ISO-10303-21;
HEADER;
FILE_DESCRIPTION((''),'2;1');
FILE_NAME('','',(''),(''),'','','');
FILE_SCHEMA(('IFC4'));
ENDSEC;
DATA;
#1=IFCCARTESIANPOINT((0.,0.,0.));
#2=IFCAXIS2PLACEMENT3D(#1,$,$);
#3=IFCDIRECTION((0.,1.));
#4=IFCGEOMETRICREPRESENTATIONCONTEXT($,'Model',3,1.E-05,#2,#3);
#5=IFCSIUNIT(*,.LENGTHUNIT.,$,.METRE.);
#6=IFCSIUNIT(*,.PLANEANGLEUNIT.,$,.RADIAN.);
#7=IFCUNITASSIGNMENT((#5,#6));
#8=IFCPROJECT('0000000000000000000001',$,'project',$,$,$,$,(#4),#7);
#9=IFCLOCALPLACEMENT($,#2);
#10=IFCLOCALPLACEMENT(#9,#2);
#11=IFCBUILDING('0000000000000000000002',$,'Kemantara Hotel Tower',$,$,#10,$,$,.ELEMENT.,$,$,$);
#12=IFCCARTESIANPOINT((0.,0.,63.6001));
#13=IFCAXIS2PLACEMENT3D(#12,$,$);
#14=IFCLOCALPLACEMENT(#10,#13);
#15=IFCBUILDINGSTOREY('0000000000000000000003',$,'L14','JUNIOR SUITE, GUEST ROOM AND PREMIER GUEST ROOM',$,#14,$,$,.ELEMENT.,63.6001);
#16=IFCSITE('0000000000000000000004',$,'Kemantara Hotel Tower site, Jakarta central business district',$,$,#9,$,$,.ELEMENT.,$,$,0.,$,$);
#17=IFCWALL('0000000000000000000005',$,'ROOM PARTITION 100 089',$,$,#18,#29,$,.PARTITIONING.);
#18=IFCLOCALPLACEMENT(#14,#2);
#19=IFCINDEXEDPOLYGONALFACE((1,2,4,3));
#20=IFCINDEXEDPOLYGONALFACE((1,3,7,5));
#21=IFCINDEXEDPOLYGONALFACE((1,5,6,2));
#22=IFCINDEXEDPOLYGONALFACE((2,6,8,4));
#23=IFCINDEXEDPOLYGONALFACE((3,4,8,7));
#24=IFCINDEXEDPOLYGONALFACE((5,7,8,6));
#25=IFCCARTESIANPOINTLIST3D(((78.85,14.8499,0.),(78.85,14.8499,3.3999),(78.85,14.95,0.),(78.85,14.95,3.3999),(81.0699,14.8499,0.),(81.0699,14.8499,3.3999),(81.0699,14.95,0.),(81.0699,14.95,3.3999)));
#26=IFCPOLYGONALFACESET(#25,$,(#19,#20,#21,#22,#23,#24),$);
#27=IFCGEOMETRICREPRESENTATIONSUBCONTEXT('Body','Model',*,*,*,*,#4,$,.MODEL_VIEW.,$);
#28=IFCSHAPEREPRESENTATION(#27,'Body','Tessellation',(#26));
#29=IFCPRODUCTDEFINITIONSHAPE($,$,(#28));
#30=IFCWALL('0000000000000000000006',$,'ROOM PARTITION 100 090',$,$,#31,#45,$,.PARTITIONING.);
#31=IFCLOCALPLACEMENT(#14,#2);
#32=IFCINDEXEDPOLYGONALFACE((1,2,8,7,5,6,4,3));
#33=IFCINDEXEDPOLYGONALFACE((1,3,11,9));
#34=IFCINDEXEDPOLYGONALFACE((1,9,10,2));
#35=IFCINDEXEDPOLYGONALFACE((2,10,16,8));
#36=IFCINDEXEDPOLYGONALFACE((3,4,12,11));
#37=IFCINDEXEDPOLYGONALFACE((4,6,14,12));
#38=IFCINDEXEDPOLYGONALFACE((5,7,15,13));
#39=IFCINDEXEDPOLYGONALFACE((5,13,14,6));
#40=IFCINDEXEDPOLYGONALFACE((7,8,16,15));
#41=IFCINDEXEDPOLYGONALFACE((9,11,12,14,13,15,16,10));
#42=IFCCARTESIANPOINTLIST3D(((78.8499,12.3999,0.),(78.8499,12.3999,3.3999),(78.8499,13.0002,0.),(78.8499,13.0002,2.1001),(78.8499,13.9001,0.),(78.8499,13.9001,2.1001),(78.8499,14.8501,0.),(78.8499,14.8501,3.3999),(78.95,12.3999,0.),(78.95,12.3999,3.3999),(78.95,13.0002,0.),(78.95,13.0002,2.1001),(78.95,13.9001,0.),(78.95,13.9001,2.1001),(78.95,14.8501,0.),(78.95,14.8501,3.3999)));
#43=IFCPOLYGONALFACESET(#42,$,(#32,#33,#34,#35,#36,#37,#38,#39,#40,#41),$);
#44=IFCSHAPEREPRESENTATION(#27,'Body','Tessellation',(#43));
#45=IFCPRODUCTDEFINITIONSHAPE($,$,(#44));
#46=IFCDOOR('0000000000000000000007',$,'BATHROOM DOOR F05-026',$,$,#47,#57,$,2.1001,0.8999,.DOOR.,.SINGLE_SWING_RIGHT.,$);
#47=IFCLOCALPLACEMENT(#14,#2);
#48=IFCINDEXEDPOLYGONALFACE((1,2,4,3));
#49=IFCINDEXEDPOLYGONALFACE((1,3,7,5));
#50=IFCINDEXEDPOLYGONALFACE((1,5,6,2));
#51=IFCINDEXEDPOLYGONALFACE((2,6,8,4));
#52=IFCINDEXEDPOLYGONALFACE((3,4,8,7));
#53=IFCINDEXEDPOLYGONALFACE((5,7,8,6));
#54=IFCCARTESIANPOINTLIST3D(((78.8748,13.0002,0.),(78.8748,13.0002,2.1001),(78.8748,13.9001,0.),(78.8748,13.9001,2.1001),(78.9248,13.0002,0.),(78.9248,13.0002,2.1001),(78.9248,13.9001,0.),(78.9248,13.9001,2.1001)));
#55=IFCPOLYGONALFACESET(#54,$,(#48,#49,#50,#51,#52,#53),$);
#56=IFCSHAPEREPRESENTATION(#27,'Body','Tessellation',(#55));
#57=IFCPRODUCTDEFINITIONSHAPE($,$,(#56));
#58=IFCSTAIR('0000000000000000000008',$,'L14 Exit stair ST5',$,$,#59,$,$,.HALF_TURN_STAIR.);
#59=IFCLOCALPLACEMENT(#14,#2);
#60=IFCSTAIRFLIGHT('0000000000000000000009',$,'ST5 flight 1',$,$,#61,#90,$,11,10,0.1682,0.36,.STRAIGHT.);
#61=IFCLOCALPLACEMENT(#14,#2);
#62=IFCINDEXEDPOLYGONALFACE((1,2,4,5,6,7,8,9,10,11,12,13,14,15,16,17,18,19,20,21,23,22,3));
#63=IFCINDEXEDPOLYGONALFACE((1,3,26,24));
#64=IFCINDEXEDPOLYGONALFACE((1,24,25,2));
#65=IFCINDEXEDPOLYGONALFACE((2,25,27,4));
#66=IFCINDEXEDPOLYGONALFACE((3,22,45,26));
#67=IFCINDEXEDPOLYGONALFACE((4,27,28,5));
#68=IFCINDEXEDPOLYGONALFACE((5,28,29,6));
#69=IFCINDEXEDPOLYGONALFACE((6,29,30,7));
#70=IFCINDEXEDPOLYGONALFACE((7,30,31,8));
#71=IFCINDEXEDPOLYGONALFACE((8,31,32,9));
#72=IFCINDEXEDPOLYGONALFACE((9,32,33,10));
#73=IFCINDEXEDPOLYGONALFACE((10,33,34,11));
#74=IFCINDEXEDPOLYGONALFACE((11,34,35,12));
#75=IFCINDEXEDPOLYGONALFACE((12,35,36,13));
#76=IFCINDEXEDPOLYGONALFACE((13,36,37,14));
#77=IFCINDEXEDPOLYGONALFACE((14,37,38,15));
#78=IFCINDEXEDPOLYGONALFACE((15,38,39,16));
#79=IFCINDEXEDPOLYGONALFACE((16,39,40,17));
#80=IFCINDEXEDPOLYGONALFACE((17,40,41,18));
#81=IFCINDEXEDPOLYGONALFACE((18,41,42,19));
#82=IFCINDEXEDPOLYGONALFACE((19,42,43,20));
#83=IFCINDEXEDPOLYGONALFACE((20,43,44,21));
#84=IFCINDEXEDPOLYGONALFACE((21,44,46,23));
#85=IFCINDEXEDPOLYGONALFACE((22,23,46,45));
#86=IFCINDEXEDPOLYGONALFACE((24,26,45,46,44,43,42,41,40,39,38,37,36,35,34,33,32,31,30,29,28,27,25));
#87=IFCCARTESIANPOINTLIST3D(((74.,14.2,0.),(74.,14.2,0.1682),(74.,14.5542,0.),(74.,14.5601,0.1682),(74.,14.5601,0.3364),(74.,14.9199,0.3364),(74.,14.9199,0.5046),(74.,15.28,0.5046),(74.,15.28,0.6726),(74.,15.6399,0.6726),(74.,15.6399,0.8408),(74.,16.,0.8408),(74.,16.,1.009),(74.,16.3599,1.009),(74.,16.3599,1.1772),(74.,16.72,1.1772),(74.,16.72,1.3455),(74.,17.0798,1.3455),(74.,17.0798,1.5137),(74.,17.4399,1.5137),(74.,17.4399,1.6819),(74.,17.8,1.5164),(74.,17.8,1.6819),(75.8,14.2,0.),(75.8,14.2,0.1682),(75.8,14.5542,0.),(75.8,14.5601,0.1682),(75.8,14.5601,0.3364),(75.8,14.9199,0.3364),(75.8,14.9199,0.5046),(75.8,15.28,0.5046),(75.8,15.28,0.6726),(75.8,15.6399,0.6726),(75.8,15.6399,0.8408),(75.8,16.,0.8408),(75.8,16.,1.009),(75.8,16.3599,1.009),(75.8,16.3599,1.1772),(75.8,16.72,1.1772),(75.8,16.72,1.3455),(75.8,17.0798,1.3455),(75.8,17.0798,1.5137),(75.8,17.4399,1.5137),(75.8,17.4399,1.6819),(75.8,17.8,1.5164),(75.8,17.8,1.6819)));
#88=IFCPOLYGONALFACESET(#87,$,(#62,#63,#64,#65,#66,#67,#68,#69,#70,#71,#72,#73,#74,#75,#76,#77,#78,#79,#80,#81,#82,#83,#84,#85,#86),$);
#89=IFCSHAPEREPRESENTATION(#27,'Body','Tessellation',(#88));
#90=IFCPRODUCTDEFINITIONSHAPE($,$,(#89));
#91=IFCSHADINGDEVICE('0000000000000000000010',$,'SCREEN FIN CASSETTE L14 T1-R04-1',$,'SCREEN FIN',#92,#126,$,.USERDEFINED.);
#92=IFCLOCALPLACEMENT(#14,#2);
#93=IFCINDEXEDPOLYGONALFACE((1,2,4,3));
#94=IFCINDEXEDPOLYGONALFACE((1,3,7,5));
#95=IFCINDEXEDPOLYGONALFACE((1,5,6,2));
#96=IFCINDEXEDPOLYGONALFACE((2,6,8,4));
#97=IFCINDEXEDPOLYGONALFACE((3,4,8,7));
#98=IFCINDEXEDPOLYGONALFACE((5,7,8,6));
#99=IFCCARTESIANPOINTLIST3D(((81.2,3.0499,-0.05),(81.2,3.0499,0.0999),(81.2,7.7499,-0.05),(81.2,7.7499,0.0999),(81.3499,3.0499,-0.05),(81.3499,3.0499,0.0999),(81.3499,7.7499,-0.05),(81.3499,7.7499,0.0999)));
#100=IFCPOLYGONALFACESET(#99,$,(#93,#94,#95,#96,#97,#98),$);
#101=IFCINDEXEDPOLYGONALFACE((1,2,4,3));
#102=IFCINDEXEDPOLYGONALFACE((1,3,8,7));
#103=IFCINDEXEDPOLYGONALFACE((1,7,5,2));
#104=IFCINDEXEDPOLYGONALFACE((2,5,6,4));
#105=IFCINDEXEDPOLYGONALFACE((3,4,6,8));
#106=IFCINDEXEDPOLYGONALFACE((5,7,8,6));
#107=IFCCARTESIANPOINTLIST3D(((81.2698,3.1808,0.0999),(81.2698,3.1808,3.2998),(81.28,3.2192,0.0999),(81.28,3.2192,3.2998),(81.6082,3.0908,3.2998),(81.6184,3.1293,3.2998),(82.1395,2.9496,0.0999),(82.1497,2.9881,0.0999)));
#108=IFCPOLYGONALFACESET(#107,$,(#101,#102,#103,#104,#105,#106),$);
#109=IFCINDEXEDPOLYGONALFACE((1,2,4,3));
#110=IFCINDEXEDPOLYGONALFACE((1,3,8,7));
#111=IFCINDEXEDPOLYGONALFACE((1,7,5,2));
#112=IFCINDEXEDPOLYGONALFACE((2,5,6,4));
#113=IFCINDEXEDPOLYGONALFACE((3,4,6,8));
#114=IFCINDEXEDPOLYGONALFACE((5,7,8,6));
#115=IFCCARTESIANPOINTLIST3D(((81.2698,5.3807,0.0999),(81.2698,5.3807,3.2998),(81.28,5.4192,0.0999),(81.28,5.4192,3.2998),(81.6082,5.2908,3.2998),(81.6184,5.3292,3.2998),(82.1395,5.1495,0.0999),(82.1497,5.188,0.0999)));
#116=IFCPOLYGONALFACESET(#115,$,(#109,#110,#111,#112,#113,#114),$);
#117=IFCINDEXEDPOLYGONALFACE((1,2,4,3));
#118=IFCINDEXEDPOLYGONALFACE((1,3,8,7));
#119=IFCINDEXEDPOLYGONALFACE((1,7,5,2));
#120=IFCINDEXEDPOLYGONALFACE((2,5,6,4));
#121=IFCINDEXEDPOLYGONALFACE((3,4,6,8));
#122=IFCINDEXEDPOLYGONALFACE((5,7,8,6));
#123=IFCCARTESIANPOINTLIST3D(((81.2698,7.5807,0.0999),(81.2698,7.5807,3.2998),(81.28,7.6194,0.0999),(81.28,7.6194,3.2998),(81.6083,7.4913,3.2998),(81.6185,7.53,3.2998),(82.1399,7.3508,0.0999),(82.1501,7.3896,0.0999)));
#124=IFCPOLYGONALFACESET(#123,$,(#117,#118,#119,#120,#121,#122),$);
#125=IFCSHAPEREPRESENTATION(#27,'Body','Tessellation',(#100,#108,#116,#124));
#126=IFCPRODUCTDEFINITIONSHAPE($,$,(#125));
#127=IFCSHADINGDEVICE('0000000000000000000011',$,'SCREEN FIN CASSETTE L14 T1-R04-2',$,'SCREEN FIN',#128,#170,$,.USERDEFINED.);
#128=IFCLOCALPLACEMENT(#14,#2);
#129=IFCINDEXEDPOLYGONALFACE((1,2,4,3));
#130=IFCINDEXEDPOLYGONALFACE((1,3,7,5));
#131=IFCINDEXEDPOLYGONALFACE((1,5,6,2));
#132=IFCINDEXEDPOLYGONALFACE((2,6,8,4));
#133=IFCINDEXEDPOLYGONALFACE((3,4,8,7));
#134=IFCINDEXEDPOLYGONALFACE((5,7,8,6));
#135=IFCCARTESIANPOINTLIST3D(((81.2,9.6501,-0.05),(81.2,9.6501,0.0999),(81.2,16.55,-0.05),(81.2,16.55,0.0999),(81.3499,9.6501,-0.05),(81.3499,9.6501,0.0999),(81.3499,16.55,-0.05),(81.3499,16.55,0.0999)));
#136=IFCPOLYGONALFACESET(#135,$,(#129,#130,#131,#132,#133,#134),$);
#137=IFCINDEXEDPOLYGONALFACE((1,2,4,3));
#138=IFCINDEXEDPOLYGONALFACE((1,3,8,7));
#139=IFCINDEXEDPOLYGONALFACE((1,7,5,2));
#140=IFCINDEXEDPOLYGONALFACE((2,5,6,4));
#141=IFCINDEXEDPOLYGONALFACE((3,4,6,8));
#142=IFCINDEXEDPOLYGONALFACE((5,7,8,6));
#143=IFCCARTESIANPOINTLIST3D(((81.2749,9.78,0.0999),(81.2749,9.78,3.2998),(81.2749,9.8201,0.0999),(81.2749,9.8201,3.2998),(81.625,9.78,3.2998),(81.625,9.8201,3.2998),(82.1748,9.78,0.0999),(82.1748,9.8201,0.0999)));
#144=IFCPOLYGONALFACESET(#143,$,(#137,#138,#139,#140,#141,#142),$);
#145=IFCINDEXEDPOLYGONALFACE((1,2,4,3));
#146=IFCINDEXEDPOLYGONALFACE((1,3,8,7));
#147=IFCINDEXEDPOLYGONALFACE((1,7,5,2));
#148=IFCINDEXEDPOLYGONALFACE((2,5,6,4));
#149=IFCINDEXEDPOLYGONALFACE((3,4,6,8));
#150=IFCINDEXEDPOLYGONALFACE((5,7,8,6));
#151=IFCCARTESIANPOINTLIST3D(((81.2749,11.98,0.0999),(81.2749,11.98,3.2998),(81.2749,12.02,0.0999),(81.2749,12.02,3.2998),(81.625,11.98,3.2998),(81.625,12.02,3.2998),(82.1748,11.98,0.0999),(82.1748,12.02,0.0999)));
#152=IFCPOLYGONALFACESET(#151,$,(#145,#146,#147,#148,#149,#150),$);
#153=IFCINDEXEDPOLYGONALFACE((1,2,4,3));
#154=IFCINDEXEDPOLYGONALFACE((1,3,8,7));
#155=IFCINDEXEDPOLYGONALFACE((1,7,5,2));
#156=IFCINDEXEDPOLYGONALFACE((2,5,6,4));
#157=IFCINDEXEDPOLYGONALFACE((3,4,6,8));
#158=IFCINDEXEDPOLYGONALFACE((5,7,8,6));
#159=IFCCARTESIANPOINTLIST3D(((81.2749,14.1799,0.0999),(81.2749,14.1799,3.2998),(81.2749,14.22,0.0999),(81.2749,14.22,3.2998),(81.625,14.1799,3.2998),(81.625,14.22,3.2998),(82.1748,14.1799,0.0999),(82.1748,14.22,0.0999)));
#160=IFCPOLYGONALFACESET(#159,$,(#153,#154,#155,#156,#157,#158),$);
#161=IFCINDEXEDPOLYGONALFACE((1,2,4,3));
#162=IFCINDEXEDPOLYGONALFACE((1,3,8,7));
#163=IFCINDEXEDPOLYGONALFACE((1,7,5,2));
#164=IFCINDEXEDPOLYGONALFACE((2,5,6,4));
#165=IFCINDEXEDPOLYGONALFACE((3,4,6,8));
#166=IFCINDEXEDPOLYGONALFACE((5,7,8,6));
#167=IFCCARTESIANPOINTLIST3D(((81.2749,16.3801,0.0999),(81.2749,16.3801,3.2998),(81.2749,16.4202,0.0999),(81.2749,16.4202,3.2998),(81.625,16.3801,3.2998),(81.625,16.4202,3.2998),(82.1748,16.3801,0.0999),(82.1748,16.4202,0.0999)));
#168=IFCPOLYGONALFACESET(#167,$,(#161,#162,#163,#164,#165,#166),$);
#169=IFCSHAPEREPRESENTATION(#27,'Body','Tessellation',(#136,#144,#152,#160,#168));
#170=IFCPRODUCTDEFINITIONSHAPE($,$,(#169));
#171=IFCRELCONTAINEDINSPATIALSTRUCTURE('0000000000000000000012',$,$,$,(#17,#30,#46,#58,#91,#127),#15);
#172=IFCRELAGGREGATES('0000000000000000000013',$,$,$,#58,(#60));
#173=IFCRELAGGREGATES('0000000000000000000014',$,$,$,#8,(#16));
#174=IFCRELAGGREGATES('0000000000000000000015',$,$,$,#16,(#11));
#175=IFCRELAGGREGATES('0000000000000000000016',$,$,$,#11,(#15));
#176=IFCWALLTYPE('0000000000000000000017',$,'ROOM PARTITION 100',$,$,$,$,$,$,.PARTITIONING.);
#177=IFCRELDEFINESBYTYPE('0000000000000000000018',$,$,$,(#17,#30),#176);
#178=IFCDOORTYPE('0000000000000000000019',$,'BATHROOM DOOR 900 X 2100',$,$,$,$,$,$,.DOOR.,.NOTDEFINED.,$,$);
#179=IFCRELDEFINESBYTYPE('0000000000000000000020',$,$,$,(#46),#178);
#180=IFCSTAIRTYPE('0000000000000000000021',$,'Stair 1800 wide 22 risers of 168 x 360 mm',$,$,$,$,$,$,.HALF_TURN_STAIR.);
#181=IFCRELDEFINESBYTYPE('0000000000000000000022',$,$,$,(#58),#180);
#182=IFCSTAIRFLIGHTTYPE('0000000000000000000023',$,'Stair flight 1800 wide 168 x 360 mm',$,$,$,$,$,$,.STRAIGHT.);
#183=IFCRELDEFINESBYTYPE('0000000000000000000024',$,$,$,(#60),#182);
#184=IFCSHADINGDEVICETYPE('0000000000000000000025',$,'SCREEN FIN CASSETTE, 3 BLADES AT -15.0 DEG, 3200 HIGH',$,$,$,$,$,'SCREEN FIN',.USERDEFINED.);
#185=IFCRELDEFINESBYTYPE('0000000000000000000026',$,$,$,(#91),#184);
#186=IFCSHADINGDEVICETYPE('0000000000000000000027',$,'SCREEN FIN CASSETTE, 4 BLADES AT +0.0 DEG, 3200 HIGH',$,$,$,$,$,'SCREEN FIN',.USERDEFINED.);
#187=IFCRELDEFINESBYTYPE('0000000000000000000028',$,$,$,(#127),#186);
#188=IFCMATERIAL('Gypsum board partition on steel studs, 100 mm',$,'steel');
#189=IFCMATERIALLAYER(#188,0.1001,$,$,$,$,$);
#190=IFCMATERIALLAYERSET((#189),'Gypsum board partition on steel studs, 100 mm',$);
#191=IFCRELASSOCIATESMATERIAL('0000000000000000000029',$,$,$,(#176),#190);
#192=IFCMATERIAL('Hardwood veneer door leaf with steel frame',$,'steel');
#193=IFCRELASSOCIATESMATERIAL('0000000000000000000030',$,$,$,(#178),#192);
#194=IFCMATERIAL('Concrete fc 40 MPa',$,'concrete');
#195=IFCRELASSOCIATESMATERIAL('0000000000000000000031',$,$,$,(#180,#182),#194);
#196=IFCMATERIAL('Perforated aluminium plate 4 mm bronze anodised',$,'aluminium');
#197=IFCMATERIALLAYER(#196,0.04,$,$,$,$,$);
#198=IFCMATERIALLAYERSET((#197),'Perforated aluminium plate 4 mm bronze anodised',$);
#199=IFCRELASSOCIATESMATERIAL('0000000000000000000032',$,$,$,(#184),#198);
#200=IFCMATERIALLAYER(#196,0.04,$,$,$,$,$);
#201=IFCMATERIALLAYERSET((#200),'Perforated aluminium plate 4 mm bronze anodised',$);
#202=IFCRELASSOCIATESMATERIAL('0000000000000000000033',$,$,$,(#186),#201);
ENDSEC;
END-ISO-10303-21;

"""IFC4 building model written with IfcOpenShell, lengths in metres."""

from ifc_helpers import new_model, si_unit, direction, frame, frame_2d, origin, origin_2d, place, context, subcontext, project, spatial, polyline, rectangle, outline, extrude, source, transform, mapped, material, layer, layer_set, type_object, element, fill, aggregate, save


model = new_model("IFC4")

# Units and contexts
model_context = context("Model", 3, precision=1e-05, world=origin(), true_north=direction((0.0, 1.0)))
body_context = subcontext(model_context, "Body", "Model", "MODEL_VIEW")
ifc_project = project(units=[si_unit("LENGTHUNIT", "METRE"), si_unit("PLANEANGLEUNIT", "RADIAN")], contexts=[model_context])

# Site, building, storey
site_placement = place(None, origin())
site = spatial("IfcSite", under=ifc_project, at=site_placement, Name="Kemantara Hotel Tower site, Jakarta central business district", CompositionType="ELEMENT", RefElevation=0.0)
building_placement = place(site_placement, origin())
building = spatial("IfcBuilding", under=site, at=building_placement, Name="Kemantara Hotel Tower", CompositionType="ELEMENT")
storey_placement = place(building_placement, frame((0.0, 0.0, 63.6001)))
storey = spatial("IfcBuildingStorey", under=building, at=storey_placement, Name="L14", Description="JUNIOR SUITE, GUEST ROOM AND PREMIER GUEST ROOM", CompositionType="ELEMENT", Elevation=63.6001)

# Shared definitions
ifc_material_1 = material(Name="Hardwood veneer door leaf with steel frame", Category="steel")

# Shared definitions
ifc_material_2 = material(Name="Concrete fc 40 MPa", Category="concrete")
ifc_material_3 = material(Name="Gypsum board partition on steel studs, 100 mm", Category="steel")
ifc_layer_1 = layer(ifc_material_3, 0.1001)
ifc_layer_set_1 = layer_set([ifc_layer_1], Name="Gypsum board partition on steel studs, 100 mm")
wall_type_1 = type_object("IfcWallType", Name="ROOM PARTITION 100", PredefinedType="PARTITIONING", material=ifc_layer_set_1)

# Shared definitions
door_type_1 = type_object("IfcDoorType", Name="BATHROOM DOOR 900 X 2100", OperationType="NOTDEFINED", PredefinedType="DOOR", material=ifc_material_1)

# Wall
wall_1_placement = place(storey_placement, frame((78.8501, 14.8999, 0.0), z_axis=(0.0, 0.0, 1.0), x_axis=(1.0, 0.0, 0.0)))
element("IfcWall", 1, at=wall_1_placement, inside=storey, type_object=wall_type_1, Name="ROOM PARTITION 100 089", PredefinedType="PARTITIONING", context=body_context, shape_type="SweptSolid", body=[
    extrude(rectangle(XDim=2.22, YDim=0.1001, at=frame_2d((1.1099, 0.0))), origin(), (0.0, 0.0, 1.0), 3.3999),
])

# Wall, opening, door
wall_2_placement = place(storey_placement, frame((78.8999, 14.8501, 0.0), z_axis=(0.0, 0.0, 1.0), x_axis=(0.0, -1.0, 0.0)))
wall_2 = element("IfcWall", 2, at=wall_2_placement, inside=storey, type_object=wall_type_1, Name="ROOM PARTITION 100 090", PredefinedType="PARTITIONING", context=body_context, shape_type="SweptSolid", body=[
    extrude(rectangle(XDim=2.4502, YDim=0.1001, at=frame_2d((1.2251, 0.0))), origin(), (0.0, 0.0, 1.0), 3.3999),
])
opening_1_placement = place(wall_2_placement, frame((0.95, 0.0, 0.0)))
opening_1 = element("IfcOpeningElement", 3, at=opening_1_placement, cuts=wall_2, PredefinedType="OPENING", context=body_context, shape_type="SweptSolid", body=[
    extrude(rectangle(XDim=0.8999, YDim=2.1001, at=frame_2d((0.45, 1.05))), frame((0.0, 0.0601, 0.0), z_axis=(0.0, -1.0, 0.0), x_axis=(1.0, 0.0, 0.0)), (0.0, 0.0, 1.0), 0.1201),
])
door_1_placement = place(opening_1_placement, origin())
door_1 = element("IfcDoor", 4, at=door_1_placement, inside=storey, type_object=door_type_1, Name="BATHROOM DOOR F05-026", OperationType="SINGLE_SWING_RIGHT", OverallHeight=2.1001, OverallWidth=0.8999, PredefinedType="DOOR", context=body_context, shape_type="SweptSolid", body=[
    extrude(rectangle(XDim=0.8999, YDim=2.1001, at=frame_2d((0.45, 1.05))), frame((0.0, 0.0249, 0.0), z_axis=(0.0, -1.0, 0.0), x_axis=(1.0, 0.0, 0.0)), (0.0, 0.0, 1.0), 0.05),
])
fill(opening_1, door_1)

# Stair, stair flight
stair_type = type_object("IfcStairType", Name="Stair 1800 wide 22 risers of 168 x 360 mm", PredefinedType="HALF_TURN_STAIR", material=ifc_material_2)
stair_placement = place(storey_placement, origin())
stair = element("IfcStair", 5, at=stair_placement, inside=storey, type_object=stair_type, Name="L14 Exit stair ST5", PredefinedType="HALF_TURN_STAIR")
stair_flight_type = type_object("IfcStairFlightType", Name="Stair flight 1800 wide 168 x 360 mm", PredefinedType="STRAIGHT", material=ifc_material_2)
stair_flight_placement = place(storey_placement, frame((74.8999, 14.2, 0.0), z_axis=(0.0, 0.0, 1.0), x_axis=(0.0, 1.0, 0.0)))
stair_flight = element("IfcStairFlight", 6, at=stair_flight_placement, type_object=stair_flight_type, Name="ST5 flight 1", NumberOfRisers=11, NumberOfTreads=10, PredefinedType="STRAIGHT", RiserHeight=0.1682, TreadLength=0.36, context=body_context, shape_type="SweptSolid", body=[
    extrude(outline(polyline([(0.0, 0.0), (0.0, 0.1682), (0.3601, 0.1682), (0.3601, 0.3364), (0.72, 0.3364), (0.72, 0.5046), (1.0801, 0.5046), (1.0801, 0.6726), (1.4399, 0.6726), (1.4399, 0.8408), (1.8, 0.8408), (1.8, 1.009), (2.1599, 1.009), (2.1599, 1.1772), (2.52, 1.1772), (2.52, 1.3455), (2.8799, 1.3455), (2.8799, 1.5137), (3.24, 1.5137), (3.24, 1.6819), (3.6001, 1.6819), (3.6001, 1.8501), (3.6001, 1.5164), (0.3542, 0.0), (0.0, 0.0)])), frame((0.0, 0.8999, 0.0), z_axis=(0.0, -1.0, 0.0), x_axis=(1.0, 0.0, 0.0)), (0.0, 0.0, 1.0), 1.8),
])
aggregate(stair, [stair_flight])

# Shading devices
ifc_material_4 = material(Name="Perforated aluminium plate 4 mm bronze anodised", Category="aluminium")
ifc_layer_2 = layer(ifc_material_4, 0.04)
ifc_layer_set_2 = layer_set([ifc_layer_2], Name="Perforated aluminium plate 4 mm bronze anodised")
shading_device_type_1 = type_object("IfcShadingDeviceType", Name="SCREEN FIN CASSETTE, 3 BLADES AT -15.0 DEG, 3200 HIGH", ElementType="SCREEN FIN", PredefinedType="USERDEFINED", material=ifc_layer_set_2)
shared_shape_1 = source(origin(), body_context, "Body", "SweptSolid", [
    extrude(rectangle(XDim=4.7, YDim=0.1499, at=origin_2d()), frame((2.2, -0.075, -0.1499), z_axis=(0.0, 0.0, 1.0), x_axis=(1.0, 0.0, 0.0)), (0.0, 0.0, 1.0), 0.1499),
    extrude(outline(polyline([(0.0, 0.0), (0.8999, 0.0), (0.3501, 3.2), (0.0, 3.2), (0.0, 0.0)])), frame((0.0193, -0.0801, 0.0), z_axis=(-0.966438, 0.256901, 0.0), x_axis=(-0.256901, -0.966438, 0.0)), (0.0, 0.0, 1.0), 0.0398),
    extrude(outline(polyline([(0.0, 0.0), (0.8999, 0.0), (0.3501, 3.2), (0.0, 3.2), (0.0, 0.0)])), frame((2.2192, -0.0801, 0.0), z_axis=(-0.966438, 0.256901, 0.0), x_axis=(-0.256901, -0.966438, 0.0)), (0.0, 0.0, 1.0), 0.0398),
    extrude(outline(polyline([(0.0, 0.0), (0.8999, 0.0), (0.3501, 3.2), (0.0, 3.2), (0.0, 0.0)])), frame((4.4194, -0.0801, 0.0), z_axis=(-0.966838, 0.255391, 0.0), x_axis=(-0.255391, -0.966838, 0.0)), (0.0, 0.0, 1.0), 0.04),
])
shading_device_1_placement = place(storey_placement, frame((81.2, 3.2, 0.0999), z_axis=(0.0, 0.0, 1.0), x_axis=(0.0, 1.0, 0.0)))
element("IfcShadingDevice", 7, at=shading_device_1_placement, inside=storey, type_object=shading_device_type_1, Name="SCREEN FIN CASSETTE L14 T1-R04-1", ObjectType="SCREEN FIN", PredefinedType="USERDEFINED", context=body_context, shape_type="MappedRepresentation", body=[
    mapped(shared_shape_1, transform((0.0, 0.0, 0.0))),
])
ifc_layer_3 = layer(ifc_material_4, 0.04)
ifc_layer_set_3 = layer_set([ifc_layer_3], Name="Perforated aluminium plate 4 mm bronze anodised")
shading_device_type_2 = type_object("IfcShadingDeviceType", Name="SCREEN FIN CASSETTE, 4 BLADES AT +0.0 DEG, 3200 HIGH", ElementType="SCREEN FIN", PredefinedType="USERDEFINED", material=ifc_layer_set_3)
shared_shape_2 = source(origin(), body_context, "Body", "SweptSolid", [
    extrude(rectangle(XDim=6.8999, YDim=0.1499, at=origin_2d()), frame((3.3, -0.075, -0.1499), z_axis=(0.0, 0.0, 1.0), x_axis=(1.0, 0.0, 0.0)), (0.0, 0.0, 1.0), 0.1499),
    extrude(outline(polyline([(0.0, 0.0), (0.8999, 0.0), (0.3501, 3.2), (0.0, 3.2), (0.0, 0.0)])), frame((0.02, -0.075, 0.0), z_axis=(-1.0, 0.0, 0.0), x_axis=(0.0, -1.0, 0.0)), (0.0, 0.0, 1.0), 0.04),
    extrude(outline(polyline([(0.0, 0.0), (0.8999, 0.0), (0.3501, 3.2), (0.0, 3.2), (0.0, 0.0)])), frame((2.22, -0.075, 0.0), z_axis=(-1.0, 0.0, 0.0), x_axis=(0.0, -1.0, 0.0)), (0.0, 0.0, 1.0), 0.04),
    extrude(outline(polyline([(0.0, 0.0), (0.8999, 0.0), (0.3501, 3.2), (0.0, 3.2), (0.0, 0.0)])), frame((4.4199, -0.075, 0.0), z_axis=(-1.0, 0.0, 0.0), x_axis=(0.0, -1.0, 0.0)), (0.0, 0.0, 1.0), 0.04),
    extrude(outline(polyline([(0.0, 0.0), (0.8999, 0.0), (0.3501, 3.2), (0.0, 3.2), (0.0, 0.0)])), frame((6.6201, -0.075, 0.0), z_axis=(-1.0, 0.0, 0.0), x_axis=(0.0, -1.0, 0.0)), (0.0, 0.0, 1.0), 0.04),
])
shading_device_2_placement = place(storey_placement, frame((81.2, 9.8, 0.0999), z_axis=(0.0, 0.0, 1.0), x_axis=(0.0, 1.0, 0.0)))
element("IfcShadingDevice", 8, at=shading_device_2_placement, inside=storey, type_object=shading_device_type_2, Name="SCREEN FIN CASSETTE L14 T1-R04-2", ObjectType="SCREEN FIN", PredefinedType="USERDEFINED", context=body_context, shape_type="MappedRepresentation", body=[
    mapped(shared_shape_2, transform((0.0, 0.0, 0.0))),
])

save(model, "model.ifc")
